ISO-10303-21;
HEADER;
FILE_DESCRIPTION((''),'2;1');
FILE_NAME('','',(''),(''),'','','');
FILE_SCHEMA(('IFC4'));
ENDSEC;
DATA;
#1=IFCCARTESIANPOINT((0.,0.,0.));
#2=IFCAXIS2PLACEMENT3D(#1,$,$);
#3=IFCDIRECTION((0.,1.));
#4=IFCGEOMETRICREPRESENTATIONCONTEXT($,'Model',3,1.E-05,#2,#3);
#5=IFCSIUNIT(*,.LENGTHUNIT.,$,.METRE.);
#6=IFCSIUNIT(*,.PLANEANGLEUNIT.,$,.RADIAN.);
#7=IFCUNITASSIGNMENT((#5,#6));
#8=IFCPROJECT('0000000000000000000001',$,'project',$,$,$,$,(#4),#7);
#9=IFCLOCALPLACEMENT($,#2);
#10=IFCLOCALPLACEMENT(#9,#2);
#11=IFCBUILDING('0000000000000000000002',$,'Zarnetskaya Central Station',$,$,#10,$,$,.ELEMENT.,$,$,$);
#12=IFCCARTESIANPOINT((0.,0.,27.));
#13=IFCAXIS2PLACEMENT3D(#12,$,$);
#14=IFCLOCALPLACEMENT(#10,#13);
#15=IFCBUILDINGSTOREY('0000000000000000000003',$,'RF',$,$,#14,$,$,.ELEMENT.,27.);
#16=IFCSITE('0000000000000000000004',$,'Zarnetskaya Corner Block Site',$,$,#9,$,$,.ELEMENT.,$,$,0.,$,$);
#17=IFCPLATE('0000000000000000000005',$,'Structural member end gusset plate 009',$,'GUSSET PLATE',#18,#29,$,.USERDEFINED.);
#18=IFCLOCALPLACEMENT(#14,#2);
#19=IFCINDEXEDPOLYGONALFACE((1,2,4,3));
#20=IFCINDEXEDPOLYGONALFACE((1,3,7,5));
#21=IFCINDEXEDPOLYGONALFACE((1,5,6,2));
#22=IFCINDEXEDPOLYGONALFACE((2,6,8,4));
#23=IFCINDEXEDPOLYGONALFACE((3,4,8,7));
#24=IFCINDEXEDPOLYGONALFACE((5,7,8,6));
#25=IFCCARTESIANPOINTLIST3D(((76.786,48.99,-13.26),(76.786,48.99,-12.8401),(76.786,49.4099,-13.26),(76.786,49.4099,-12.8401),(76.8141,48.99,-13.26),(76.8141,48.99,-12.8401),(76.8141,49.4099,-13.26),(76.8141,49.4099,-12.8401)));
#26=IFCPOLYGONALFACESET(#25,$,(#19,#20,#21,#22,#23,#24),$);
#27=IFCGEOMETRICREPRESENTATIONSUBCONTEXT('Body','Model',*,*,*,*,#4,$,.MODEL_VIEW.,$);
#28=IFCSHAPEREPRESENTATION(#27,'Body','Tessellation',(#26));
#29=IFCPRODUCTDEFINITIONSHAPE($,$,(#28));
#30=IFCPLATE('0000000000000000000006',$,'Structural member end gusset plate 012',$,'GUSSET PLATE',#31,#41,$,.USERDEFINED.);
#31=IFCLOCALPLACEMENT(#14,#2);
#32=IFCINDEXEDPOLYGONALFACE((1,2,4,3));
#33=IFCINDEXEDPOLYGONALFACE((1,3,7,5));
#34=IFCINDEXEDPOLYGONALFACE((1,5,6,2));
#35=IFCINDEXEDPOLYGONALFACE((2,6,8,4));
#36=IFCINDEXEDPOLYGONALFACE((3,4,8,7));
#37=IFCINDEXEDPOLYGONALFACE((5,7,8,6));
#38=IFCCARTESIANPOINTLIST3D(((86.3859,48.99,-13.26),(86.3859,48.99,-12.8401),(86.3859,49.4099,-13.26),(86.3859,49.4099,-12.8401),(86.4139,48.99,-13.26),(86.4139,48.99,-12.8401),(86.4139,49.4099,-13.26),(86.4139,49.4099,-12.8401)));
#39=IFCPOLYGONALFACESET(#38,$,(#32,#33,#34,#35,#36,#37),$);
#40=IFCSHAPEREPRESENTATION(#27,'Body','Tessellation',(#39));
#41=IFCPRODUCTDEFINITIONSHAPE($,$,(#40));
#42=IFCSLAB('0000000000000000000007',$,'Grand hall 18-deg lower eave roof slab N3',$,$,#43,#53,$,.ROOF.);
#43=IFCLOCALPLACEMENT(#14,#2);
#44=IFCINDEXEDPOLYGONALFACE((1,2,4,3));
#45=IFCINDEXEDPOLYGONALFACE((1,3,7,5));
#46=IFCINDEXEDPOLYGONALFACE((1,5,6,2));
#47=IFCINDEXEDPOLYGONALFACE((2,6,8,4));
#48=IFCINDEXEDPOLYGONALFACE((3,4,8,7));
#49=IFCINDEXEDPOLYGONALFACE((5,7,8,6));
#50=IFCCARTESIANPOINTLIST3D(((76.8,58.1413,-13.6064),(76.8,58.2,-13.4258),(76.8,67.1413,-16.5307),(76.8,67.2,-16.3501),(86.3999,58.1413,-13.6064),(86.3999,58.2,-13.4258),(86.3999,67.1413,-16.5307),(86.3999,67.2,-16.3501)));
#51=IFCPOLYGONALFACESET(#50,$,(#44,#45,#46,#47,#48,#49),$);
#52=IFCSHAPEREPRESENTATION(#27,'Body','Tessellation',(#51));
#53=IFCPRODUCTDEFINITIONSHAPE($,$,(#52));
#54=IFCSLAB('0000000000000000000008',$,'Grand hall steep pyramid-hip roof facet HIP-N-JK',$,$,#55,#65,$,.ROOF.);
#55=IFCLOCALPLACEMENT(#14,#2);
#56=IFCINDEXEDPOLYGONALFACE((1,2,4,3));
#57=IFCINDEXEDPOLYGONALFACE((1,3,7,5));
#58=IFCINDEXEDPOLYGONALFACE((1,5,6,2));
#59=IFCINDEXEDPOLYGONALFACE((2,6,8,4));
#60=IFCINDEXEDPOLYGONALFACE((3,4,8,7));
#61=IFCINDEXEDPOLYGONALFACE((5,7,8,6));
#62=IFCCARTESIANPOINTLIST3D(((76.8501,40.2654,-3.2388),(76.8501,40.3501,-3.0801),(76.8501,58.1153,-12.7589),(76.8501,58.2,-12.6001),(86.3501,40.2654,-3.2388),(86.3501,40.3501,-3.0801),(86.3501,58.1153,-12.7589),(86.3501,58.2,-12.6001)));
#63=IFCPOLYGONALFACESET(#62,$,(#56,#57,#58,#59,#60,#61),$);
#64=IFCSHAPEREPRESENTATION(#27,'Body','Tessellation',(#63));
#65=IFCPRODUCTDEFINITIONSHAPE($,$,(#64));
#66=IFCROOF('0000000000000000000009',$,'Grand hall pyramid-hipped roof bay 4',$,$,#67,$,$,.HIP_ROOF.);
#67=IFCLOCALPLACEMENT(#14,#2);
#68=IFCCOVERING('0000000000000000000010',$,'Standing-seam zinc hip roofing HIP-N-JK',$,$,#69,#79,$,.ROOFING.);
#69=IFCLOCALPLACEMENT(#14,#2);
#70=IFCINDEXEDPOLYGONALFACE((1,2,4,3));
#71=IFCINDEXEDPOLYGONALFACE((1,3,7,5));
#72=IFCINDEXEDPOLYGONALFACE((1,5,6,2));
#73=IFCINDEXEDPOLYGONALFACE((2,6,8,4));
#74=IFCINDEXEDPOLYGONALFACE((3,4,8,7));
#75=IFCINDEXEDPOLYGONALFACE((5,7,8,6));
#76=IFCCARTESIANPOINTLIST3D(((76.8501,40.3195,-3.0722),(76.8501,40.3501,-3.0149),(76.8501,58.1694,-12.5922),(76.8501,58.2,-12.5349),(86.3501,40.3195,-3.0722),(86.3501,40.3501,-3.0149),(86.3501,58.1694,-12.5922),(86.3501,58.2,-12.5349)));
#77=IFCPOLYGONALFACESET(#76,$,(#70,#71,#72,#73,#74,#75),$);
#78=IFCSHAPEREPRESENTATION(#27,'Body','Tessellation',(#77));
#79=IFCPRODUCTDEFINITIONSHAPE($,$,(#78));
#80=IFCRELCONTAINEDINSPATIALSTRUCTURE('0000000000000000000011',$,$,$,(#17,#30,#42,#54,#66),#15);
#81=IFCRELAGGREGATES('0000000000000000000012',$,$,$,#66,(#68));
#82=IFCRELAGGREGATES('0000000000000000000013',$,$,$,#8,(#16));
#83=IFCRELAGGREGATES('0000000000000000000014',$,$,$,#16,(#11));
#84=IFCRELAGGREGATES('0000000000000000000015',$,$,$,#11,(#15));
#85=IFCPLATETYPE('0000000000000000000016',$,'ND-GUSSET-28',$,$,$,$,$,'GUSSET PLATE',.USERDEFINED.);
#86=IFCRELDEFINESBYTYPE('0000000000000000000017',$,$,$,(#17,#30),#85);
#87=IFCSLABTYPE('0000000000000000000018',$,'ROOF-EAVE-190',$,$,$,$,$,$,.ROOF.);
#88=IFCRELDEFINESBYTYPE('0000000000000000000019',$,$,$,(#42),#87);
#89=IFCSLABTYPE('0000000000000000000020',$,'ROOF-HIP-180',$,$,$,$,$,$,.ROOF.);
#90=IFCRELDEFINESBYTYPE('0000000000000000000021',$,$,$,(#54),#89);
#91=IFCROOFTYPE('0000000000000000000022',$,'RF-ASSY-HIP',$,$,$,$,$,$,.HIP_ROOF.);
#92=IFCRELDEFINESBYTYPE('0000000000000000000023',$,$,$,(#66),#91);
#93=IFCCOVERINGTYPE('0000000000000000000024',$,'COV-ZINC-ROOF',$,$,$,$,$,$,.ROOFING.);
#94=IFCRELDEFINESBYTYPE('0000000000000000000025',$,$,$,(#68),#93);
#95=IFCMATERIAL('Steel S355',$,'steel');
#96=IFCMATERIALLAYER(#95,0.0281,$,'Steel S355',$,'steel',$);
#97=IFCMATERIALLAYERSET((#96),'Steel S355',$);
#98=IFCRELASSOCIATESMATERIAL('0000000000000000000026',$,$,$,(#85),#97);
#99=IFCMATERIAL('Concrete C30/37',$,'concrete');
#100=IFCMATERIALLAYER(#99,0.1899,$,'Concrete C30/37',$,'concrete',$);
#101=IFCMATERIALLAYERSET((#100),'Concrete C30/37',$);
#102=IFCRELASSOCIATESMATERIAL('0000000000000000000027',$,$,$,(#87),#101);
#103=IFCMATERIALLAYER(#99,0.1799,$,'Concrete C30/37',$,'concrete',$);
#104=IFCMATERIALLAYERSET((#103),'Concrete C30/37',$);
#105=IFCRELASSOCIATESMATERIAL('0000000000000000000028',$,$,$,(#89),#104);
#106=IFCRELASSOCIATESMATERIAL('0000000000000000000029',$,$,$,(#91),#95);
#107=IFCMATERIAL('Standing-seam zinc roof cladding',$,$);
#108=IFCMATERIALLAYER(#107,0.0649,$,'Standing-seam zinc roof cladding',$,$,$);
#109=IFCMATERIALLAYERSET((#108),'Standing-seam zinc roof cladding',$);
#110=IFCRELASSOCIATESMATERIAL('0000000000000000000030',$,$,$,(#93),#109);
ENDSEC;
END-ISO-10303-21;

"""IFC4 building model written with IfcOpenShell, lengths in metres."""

from ifc_helpers import new_model, si_unit, direction, frame, origin, origin_2d, place, context, subcontext, project, spatial, polyline, rectangle, outline, extrude, material, layer, layer_set, type_object, element, aggregate, save


model = new_model("IFC4")

# Units and contexts
model_context = context("Model", 3, precision=1e-05, world=origin(), true_north=direction((0.0, 1.0)))
body_context = subcontext(model_context, "Body", "Model", "MODEL_VIEW")
ifc_project = project(units=[si_unit("LENGTHUNIT", "METRE"), si_unit("PLANEANGLEUNIT", "RADIAN")], contexts=[model_context])

# Site, building, storey
site_placement = place(None, origin())
site = spatial("IfcSite", under=ifc_project, at=site_placement, Name="Zarnetskaya Corner Block Site", CompositionType="ELEMENT", RefElevation=0.0)
building_placement = place(site_placement, origin())
building = spatial("IfcBuilding", under=site, at=building_placement, Name="Zarnetskaya Central Station", CompositionType="ELEMENT")
storey_placement = place(building_placement, frame((0.0, 0.0, 27.0)))
storey = spatial("IfcBuildingStorey", under=building, at=storey_placement, Name="RF", CompositionType="ELEMENT", Elevation=27.0)

# Shared definitions
ifc_material_1 = material(Name="Steel S355", Category="steel")

# Plates
ifc_layer_1 = layer(ifc_material_1, 0.0281, Name="Steel S355", Category="steel")
ifc_layer_set_1 = layer_set([ifc_layer_1], Name="Steel S355")
plate_type_1 = type_object("IfcPlateType", Name="ND-GUSSET-28", ElementType="GUSSET PLATE", PredefinedType="USERDEFINED", material=ifc_layer_set_1)
for number, where, z_axis, x_axis, name in (
    (1, (76.8, 49.2, -13.26), (0.0, 0.0, 1.0), (1.0, 0.0, 0.0), "Structural member end gusset plate 009"),
    (2, (86.3999, 49.2, -13.26), (0.0, 0.0, 1.0), (1.0, 0.0, 0.0), "Structural member end gusset plate 012"),
):
    element("IfcPlate", number, at=place(storey_placement, frame(where, z_axis=z_axis, x_axis=x_axis)), inside=storey, type_object=plate_type_1, Name=name, ObjectType="GUSSET PLATE", PredefinedType="USERDEFINED", context=body_context, shape_type="SweptSolid", body=[
        extrude(rectangle(XDim=0.0281, YDim=0.4199, at=origin_2d()), origin(), (0.0, 0.0, 1.0), 0.4199),
    ])

# Slabs
ifc_material_2 = material(Name="Concrete C30/37", Category="concrete")
ifc_layer_2 = layer(ifc_material_2, 0.1899, Name="Concrete C30/37", Category="concrete")
ifc_layer_set_2 = layer_set([ifc_layer_2], Name="Concrete C30/37")
slab_type_1 = type_object("IfcSlabType", Name="ROOF-EAVE-190", PredefinedType="ROOF", material=ifc_layer_set_2)
slab_1_placement = place(storey_placement, frame((86.3999, 67.2, -16.3501), z_axis=(0.0, 0.309021, 0.951055), x_axis=(-1.0, 0.0, 0.0)))
element("IfcSlab", 3, at=slab_1_placement, inside=storey, type_object=slab_type_1, Name="Grand hall 18-deg lower eave roof slab N3", PredefinedType="ROOF", context=body_context, shape_type="SweptSolid", body=[
    extrude(outline(polyline([(0.0, 0.0), (9.5999, 0.0), (9.5999, 9.4632), (0.0, 9.4632), (0.0, 0.0)])), origin(), (0.0, 0.0, -1.0), 0.1899),
])
ifc_layer_3 = layer(ifc_material_2, 0.1799, Name="Concrete C30/37", Category="concrete")
ifc_layer_set_3 = layer_set([ifc_layer_3], Name="Concrete C30/37")
slab_type_2 = type_object("IfcSlabType", Name="ROOF-HIP-180", PredefinedType="ROOF", material=ifc_layer_set_3)
slab_2_placement = place(storey_placement, frame((86.3501, 58.2, -12.6001), z_axis=(0.0, 0.470592, 0.882351), x_axis=(-1.0, 0.0, 0.0)))
element("IfcSlab", 4, at=slab_2_placement, inside=storey, type_object=slab_type_2, Name="Grand hall steep pyramid-hip roof facet HIP-N-JK", PredefinedType="ROOF", context=body_context, shape_type="SweptSolid", body=[
    extrude(outline(polyline([(0.0, 0.0), (9.5, 0.0), (9.5, 20.2299), (0.0, 20.2299), (0.0, 0.0)])), origin(), (0.0, 0.0, -1.0), 0.1799),
])

# Roof, covering
roof_type = type_object("IfcRoofType", Name="RF-ASSY-HIP", PredefinedType="HIP_ROOF", material=ifc_material_1)
roof_placement = place(storey_placement, origin())
roof = element("IfcRoof", 5, at=roof_placement, inside=storey, type_object=roof_type, Name="Grand hall pyramid-hipped roof bay 4", PredefinedType="HIP_ROOF")
ifc_material_3 = material(Name="Standing-seam zinc roof cladding")
ifc_layer_4 = layer(ifc_material_3, 0.0649, Name="Standing-seam zinc roof cladding")
ifc_layer_set_4 = layer_set([ifc_layer_4], Name="Standing-seam zinc roof cladding")
covering_type = type_object("IfcCoveringType", Name="COV-ZINC-ROOF", PredefinedType="ROOFING", material=ifc_layer_set_4)
covering_placement = place(storey_placement, frame((86.3501, 58.2, -12.5349), z_axis=(0.0, 0.470592, 0.882351), x_axis=(-1.0, 0.0, 0.0)))
covering = element("IfcCovering", 6, at=covering_placement, type_object=covering_type, Name="Standing-seam zinc hip roofing HIP-N-JK", PredefinedType="ROOFING", context=body_context, shape_type="SweptSolid", body=[
    extrude(outline(polyline([(0.0, 0.0), (9.5, 0.0), (9.5, 20.2299), (0.0, 20.2299), (0.0, 0.0)])), origin(), (0.0, 0.0, -1.0), 0.0649),
])
aggregate(roof, [covering])

save(model, "model.ifc")
